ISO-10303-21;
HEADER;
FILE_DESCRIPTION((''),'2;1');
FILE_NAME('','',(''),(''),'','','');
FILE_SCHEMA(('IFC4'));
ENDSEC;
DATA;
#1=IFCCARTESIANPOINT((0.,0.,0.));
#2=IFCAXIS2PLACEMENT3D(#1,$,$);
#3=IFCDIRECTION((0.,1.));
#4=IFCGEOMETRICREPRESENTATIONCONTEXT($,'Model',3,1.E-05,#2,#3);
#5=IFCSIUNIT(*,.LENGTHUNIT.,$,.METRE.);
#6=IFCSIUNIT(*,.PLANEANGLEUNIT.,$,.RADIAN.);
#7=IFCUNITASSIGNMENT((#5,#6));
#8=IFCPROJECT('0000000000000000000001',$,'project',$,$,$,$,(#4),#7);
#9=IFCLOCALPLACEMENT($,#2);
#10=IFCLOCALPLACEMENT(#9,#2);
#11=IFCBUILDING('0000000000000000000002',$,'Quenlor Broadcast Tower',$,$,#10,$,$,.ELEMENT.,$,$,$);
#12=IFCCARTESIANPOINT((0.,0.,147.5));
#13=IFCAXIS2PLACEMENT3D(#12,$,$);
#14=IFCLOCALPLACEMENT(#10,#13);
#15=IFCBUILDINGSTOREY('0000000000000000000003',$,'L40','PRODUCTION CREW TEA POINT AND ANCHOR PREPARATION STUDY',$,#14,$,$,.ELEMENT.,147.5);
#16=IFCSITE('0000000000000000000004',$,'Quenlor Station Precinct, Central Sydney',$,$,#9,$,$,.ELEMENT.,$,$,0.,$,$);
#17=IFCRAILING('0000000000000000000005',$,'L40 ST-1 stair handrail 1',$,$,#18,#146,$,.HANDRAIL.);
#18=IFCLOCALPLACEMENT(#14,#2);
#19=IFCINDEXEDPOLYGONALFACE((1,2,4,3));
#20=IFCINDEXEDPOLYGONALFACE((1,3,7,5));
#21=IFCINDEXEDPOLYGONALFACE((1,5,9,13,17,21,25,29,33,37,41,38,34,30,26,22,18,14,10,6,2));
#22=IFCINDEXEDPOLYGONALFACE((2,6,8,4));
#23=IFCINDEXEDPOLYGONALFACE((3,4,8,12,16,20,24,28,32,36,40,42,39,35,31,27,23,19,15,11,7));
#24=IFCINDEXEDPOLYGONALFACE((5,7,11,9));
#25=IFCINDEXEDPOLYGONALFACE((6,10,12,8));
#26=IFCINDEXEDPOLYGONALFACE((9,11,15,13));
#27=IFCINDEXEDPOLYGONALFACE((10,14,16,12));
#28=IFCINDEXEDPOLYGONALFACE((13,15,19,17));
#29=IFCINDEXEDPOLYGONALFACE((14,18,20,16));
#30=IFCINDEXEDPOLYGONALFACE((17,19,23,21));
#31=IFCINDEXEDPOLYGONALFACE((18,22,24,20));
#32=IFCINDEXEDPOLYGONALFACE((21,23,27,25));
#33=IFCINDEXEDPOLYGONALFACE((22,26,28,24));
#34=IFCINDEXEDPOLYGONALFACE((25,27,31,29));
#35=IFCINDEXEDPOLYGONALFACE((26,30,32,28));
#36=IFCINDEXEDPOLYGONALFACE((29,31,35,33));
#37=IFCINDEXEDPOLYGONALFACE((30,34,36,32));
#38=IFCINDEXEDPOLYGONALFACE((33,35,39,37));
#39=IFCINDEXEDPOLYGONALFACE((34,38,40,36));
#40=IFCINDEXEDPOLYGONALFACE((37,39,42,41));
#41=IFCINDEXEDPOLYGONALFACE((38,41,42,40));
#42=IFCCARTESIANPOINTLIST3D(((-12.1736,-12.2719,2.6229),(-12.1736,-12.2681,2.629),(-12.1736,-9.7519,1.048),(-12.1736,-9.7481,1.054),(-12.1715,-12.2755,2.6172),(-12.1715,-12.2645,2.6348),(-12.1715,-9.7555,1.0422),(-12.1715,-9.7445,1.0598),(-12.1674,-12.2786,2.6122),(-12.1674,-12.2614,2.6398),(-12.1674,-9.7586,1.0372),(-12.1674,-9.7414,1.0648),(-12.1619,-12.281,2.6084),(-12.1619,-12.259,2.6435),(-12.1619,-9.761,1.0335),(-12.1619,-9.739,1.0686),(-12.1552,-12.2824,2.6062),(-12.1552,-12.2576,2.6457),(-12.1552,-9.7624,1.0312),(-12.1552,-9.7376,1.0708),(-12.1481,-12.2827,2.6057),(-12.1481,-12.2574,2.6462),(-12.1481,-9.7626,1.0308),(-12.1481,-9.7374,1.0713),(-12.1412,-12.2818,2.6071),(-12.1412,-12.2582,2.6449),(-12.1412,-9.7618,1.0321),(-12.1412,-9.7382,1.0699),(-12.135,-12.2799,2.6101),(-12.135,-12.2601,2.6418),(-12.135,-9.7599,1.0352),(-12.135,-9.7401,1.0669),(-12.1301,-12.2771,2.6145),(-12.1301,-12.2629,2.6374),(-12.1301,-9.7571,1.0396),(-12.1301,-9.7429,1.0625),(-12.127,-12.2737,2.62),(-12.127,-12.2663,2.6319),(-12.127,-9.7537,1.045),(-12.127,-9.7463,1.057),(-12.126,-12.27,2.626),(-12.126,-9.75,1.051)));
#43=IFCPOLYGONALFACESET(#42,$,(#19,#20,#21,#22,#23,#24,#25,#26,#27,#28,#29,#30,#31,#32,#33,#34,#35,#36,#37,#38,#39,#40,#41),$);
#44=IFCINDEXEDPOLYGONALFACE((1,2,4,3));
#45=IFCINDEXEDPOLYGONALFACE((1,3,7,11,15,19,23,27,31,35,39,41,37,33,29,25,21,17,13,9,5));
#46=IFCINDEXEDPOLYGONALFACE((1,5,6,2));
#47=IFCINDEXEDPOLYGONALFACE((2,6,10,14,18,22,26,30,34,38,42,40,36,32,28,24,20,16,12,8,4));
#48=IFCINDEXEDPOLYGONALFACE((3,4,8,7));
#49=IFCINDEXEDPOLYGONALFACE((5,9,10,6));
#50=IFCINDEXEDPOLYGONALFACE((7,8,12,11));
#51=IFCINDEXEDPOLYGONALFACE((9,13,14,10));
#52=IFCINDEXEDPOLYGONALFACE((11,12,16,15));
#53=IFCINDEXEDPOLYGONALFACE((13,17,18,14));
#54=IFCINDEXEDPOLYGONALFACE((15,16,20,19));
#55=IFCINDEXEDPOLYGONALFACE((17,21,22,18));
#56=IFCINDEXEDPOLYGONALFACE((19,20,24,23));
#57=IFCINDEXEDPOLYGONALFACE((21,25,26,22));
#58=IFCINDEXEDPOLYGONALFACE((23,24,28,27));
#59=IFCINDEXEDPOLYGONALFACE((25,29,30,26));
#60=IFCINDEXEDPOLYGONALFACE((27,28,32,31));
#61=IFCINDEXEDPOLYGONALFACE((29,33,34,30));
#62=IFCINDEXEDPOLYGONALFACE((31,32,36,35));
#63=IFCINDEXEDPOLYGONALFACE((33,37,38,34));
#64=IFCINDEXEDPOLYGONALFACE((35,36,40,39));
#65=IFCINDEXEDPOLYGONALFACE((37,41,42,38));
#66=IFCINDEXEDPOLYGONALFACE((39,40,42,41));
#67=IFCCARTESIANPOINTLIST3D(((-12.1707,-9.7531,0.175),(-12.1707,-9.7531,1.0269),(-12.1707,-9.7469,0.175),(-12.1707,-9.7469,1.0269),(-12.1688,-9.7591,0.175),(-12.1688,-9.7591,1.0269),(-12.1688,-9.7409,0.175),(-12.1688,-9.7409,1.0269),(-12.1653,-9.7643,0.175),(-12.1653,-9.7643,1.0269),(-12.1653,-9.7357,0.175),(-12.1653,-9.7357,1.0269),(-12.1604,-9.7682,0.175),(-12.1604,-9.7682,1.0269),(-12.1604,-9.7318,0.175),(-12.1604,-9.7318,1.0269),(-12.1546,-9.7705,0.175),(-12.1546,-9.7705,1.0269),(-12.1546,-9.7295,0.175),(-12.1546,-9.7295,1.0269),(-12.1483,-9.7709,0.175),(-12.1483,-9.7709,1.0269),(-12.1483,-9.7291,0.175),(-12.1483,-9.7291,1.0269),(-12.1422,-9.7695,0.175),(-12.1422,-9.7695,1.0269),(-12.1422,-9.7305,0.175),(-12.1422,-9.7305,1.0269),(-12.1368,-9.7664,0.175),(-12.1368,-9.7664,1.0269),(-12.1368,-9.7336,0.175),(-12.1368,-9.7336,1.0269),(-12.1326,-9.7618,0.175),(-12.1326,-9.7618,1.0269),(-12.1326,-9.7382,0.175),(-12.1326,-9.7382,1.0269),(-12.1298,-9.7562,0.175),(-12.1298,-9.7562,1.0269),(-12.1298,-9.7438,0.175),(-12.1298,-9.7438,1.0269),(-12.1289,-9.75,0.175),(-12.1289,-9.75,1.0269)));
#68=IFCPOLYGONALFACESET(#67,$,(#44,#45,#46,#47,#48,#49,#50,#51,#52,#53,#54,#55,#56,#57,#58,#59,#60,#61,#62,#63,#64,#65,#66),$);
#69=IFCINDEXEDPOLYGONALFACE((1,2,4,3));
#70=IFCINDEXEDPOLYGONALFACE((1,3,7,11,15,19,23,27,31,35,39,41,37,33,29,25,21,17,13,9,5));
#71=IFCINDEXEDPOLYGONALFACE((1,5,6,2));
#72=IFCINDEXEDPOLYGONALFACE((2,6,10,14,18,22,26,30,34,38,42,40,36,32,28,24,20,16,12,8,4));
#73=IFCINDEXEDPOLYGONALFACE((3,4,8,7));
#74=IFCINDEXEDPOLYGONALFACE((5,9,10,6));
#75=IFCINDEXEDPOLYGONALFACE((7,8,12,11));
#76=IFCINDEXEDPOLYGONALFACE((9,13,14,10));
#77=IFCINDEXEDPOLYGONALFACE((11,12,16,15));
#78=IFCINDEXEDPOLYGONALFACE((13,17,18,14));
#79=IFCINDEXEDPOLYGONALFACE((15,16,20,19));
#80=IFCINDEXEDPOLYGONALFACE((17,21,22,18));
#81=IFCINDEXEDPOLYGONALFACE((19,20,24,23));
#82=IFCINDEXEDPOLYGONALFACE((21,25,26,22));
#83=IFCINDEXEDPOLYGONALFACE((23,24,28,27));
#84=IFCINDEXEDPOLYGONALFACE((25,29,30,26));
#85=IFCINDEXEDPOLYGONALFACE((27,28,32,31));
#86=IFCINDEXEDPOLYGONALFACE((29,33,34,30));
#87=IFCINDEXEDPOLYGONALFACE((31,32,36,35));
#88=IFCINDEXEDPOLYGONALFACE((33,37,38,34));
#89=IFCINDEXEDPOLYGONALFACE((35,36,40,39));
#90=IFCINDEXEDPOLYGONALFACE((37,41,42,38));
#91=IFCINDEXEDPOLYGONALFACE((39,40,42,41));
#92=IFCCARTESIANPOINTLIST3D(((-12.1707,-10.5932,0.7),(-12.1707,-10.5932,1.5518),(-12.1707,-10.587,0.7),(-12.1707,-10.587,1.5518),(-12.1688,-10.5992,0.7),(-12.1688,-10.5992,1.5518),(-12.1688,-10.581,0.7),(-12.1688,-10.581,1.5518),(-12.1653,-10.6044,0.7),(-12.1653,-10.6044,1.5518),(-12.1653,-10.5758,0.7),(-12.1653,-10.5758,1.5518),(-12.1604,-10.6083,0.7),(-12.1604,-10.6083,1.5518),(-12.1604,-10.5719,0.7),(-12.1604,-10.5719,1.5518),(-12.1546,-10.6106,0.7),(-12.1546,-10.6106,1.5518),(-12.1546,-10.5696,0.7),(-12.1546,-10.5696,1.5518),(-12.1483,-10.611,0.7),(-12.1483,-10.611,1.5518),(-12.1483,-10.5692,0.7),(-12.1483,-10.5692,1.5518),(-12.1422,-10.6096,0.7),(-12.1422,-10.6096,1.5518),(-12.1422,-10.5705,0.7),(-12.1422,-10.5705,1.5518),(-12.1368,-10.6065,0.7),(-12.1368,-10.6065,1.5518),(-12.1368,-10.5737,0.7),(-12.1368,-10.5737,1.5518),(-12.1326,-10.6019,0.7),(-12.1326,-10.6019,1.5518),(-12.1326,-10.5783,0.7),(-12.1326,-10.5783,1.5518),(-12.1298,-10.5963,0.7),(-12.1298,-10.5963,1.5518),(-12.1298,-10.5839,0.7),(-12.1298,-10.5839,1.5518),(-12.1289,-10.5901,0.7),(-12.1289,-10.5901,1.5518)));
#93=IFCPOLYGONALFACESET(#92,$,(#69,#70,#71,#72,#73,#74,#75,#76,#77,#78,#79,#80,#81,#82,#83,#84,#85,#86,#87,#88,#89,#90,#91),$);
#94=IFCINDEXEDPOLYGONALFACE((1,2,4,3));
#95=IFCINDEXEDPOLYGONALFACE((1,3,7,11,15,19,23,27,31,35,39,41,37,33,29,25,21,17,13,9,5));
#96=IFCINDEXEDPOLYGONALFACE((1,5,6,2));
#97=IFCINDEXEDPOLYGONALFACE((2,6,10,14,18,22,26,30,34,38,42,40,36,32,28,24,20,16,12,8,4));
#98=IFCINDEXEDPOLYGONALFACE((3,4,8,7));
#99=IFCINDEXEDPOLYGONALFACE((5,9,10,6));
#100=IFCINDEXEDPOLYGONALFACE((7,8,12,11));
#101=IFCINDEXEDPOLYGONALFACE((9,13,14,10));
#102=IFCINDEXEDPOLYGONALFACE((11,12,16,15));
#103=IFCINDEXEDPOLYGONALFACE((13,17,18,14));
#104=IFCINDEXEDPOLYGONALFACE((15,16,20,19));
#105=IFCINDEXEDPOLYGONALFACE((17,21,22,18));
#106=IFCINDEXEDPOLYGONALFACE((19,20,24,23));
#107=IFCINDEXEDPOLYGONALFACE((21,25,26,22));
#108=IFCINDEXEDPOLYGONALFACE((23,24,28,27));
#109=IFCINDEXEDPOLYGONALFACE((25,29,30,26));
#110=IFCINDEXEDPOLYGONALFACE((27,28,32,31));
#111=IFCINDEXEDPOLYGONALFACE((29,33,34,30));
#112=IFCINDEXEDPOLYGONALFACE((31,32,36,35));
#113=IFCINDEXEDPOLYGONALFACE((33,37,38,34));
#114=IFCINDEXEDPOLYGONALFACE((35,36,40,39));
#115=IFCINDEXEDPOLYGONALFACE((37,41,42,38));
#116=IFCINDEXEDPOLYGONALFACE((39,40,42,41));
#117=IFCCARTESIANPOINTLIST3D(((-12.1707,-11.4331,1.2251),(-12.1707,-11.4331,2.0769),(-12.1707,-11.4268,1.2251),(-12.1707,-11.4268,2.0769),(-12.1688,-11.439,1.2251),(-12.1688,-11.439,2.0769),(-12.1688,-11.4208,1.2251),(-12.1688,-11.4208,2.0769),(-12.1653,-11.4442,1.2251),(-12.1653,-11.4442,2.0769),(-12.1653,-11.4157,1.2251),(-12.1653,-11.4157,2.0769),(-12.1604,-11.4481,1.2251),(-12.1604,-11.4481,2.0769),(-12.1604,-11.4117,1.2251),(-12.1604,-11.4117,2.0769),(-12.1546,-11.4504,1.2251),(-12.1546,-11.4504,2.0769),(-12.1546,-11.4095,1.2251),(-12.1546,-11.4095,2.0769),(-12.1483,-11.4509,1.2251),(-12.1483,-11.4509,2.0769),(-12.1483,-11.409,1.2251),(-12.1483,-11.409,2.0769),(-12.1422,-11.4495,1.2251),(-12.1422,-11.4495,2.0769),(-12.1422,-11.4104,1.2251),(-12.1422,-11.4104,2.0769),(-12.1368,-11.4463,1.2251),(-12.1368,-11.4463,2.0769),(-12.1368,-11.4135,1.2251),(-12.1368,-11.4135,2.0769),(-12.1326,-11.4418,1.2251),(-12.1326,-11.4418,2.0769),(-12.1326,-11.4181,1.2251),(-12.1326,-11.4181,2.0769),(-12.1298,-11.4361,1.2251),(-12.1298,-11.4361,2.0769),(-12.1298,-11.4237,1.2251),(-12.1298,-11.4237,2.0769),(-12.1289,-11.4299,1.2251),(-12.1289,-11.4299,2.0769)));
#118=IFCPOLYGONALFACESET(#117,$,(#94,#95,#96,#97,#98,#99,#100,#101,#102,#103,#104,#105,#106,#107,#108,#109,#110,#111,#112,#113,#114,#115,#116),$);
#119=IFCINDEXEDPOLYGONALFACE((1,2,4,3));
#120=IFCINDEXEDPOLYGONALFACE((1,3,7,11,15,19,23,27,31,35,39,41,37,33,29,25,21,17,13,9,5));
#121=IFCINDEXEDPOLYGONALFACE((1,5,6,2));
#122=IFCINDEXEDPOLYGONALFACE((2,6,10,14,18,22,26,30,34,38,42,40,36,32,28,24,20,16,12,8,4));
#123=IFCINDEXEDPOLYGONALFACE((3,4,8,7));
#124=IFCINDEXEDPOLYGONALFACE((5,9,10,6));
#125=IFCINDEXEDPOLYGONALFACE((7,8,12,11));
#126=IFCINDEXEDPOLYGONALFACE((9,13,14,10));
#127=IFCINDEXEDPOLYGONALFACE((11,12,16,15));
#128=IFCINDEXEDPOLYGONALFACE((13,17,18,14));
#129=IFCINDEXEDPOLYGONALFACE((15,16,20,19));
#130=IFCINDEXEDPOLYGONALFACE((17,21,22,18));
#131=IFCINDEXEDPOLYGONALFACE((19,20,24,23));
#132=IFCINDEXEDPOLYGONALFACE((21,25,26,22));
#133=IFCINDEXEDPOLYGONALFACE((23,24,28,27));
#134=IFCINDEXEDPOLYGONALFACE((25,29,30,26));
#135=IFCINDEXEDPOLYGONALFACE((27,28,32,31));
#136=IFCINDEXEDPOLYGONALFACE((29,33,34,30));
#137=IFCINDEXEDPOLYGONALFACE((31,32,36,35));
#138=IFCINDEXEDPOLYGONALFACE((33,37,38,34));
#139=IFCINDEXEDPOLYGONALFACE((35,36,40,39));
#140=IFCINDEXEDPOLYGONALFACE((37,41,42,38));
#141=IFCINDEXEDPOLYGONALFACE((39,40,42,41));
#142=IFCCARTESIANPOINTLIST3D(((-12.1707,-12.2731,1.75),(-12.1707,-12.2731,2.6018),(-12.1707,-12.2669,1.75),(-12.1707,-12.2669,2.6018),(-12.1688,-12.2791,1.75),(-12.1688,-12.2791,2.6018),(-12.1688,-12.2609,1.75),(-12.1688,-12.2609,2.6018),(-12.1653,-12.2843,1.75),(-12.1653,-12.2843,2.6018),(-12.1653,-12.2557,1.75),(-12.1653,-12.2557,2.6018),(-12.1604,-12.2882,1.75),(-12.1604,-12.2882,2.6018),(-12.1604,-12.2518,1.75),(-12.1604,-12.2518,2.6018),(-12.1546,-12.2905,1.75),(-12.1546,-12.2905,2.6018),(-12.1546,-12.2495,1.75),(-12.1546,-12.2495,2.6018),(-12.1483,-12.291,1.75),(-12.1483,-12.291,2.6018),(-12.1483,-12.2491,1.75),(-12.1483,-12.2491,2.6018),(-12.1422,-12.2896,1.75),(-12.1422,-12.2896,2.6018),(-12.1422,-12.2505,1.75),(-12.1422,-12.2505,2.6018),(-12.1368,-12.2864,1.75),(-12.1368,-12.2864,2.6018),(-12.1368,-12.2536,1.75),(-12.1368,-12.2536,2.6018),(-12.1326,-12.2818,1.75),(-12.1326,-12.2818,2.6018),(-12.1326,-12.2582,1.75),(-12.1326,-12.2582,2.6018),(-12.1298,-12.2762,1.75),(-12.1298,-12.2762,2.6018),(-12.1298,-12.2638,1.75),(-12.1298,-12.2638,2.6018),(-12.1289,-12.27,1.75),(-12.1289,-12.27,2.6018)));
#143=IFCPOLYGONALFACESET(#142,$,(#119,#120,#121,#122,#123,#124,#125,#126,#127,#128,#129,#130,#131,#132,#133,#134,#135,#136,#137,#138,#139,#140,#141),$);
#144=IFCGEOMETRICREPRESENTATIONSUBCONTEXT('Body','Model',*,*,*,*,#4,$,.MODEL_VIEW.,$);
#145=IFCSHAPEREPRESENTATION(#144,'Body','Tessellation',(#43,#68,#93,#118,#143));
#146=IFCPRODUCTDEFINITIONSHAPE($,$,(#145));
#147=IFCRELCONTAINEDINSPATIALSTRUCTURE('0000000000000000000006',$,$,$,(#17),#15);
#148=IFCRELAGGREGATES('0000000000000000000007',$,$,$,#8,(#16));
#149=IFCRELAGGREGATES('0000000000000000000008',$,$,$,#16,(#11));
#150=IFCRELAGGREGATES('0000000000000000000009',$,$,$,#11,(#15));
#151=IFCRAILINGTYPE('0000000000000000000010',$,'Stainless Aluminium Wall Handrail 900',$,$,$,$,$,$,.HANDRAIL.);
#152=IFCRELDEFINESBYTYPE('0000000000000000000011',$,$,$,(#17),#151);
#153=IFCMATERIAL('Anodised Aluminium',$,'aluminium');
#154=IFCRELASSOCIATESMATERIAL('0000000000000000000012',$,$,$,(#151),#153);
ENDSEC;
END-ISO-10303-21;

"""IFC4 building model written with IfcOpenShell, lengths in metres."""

from ifc_helpers import new_model, si_unit, direction, frame, origin, origin_2d, place, context, subcontext, project, spatial, circle, extrude, material, type_object, element, save


model = new_model("IFC4")

# Units and contexts
model_context = context("Model", 3, precision=1e-05, world=origin(), true_north=direction((0.0, 1.0)))
body_context = subcontext(model_context, "Body", "Model", "MODEL_VIEW")
ifc_project = project(units=[si_unit("LENGTHUNIT", "METRE"), si_unit("PLANEANGLEUNIT", "RADIAN")], contexts=[model_context])

# Site, building, storey
site_placement = place(None, origin())
site = spatial("IfcSite", under=ifc_project, at=site_placement, Name="Quenlor Station Precinct, Central Sydney", CompositionType="ELEMENT", RefElevation=0.0)
building_placement = place(site_placement, origin())
building = spatial("IfcBuilding", under=site, at=building_placement, Name="Quenlor Broadcast Tower", CompositionType="ELEMENT")
storey_placement = place(building_placement, frame((0.0, 0.0, 147.5)))
storey = spatial("IfcBuildingStorey", under=building, at=storey_placement, Name="L40", Description="PRODUCTION CREW TEA POINT AND ANCHOR PREPARATION STUDY", CompositionType="ELEMENT", Elevation=147.5)

# Railing
ifc_material_1 = material(Name="Anodised Aluminium", Category="aluminium")
railing_type_1 = type_object("IfcRailingType", Name="Stainless Aluminium Wall Handrail 900", PredefinedType="HANDRAIL", material=ifc_material_1)
railing_1_placement = place(storey_placement, frame((-12.1499, -9.75, 0.175)))
element("IfcRailing", 1, at=railing_1_placement, inside=storey, type_object=railing_type_1, Name="L40 ST-1 stair handrail 1", PredefinedType="HANDRAIL", context=body_context, shape_type="SweptSolid", body=[
    extrude(circle(Radius=0.0239, at=origin_2d()), frame((0.0, 0.0, 0.876), z_axis=(0.0, -0.848008, 0.529984), x_axis=(1.0, 0.0, 0.0)), (0.0, 0.0, 1.0), 2.9717),
    extrude(circle(Radius=0.021, at=origin_2d()), origin(), (0.0, 0.0, 1.0), 0.8518),
    extrude(circle(Radius=0.021, at=origin_2d()), frame((0.0, -0.8401, 0.5249)), (0.0, 0.0, 1.0), 0.8518),
    extrude(circle(Radius=0.021, at=origin_2d()), frame((0.0, -1.6799, 1.05)), (0.0, 0.0, 1.0), 0.8518),
    extrude(circle(Radius=0.021, at=origin_2d()), frame((0.0, -2.52, 1.575)), (0.0, 0.0, 1.0), 0.8518),
])

save(model, "model.ifc")
